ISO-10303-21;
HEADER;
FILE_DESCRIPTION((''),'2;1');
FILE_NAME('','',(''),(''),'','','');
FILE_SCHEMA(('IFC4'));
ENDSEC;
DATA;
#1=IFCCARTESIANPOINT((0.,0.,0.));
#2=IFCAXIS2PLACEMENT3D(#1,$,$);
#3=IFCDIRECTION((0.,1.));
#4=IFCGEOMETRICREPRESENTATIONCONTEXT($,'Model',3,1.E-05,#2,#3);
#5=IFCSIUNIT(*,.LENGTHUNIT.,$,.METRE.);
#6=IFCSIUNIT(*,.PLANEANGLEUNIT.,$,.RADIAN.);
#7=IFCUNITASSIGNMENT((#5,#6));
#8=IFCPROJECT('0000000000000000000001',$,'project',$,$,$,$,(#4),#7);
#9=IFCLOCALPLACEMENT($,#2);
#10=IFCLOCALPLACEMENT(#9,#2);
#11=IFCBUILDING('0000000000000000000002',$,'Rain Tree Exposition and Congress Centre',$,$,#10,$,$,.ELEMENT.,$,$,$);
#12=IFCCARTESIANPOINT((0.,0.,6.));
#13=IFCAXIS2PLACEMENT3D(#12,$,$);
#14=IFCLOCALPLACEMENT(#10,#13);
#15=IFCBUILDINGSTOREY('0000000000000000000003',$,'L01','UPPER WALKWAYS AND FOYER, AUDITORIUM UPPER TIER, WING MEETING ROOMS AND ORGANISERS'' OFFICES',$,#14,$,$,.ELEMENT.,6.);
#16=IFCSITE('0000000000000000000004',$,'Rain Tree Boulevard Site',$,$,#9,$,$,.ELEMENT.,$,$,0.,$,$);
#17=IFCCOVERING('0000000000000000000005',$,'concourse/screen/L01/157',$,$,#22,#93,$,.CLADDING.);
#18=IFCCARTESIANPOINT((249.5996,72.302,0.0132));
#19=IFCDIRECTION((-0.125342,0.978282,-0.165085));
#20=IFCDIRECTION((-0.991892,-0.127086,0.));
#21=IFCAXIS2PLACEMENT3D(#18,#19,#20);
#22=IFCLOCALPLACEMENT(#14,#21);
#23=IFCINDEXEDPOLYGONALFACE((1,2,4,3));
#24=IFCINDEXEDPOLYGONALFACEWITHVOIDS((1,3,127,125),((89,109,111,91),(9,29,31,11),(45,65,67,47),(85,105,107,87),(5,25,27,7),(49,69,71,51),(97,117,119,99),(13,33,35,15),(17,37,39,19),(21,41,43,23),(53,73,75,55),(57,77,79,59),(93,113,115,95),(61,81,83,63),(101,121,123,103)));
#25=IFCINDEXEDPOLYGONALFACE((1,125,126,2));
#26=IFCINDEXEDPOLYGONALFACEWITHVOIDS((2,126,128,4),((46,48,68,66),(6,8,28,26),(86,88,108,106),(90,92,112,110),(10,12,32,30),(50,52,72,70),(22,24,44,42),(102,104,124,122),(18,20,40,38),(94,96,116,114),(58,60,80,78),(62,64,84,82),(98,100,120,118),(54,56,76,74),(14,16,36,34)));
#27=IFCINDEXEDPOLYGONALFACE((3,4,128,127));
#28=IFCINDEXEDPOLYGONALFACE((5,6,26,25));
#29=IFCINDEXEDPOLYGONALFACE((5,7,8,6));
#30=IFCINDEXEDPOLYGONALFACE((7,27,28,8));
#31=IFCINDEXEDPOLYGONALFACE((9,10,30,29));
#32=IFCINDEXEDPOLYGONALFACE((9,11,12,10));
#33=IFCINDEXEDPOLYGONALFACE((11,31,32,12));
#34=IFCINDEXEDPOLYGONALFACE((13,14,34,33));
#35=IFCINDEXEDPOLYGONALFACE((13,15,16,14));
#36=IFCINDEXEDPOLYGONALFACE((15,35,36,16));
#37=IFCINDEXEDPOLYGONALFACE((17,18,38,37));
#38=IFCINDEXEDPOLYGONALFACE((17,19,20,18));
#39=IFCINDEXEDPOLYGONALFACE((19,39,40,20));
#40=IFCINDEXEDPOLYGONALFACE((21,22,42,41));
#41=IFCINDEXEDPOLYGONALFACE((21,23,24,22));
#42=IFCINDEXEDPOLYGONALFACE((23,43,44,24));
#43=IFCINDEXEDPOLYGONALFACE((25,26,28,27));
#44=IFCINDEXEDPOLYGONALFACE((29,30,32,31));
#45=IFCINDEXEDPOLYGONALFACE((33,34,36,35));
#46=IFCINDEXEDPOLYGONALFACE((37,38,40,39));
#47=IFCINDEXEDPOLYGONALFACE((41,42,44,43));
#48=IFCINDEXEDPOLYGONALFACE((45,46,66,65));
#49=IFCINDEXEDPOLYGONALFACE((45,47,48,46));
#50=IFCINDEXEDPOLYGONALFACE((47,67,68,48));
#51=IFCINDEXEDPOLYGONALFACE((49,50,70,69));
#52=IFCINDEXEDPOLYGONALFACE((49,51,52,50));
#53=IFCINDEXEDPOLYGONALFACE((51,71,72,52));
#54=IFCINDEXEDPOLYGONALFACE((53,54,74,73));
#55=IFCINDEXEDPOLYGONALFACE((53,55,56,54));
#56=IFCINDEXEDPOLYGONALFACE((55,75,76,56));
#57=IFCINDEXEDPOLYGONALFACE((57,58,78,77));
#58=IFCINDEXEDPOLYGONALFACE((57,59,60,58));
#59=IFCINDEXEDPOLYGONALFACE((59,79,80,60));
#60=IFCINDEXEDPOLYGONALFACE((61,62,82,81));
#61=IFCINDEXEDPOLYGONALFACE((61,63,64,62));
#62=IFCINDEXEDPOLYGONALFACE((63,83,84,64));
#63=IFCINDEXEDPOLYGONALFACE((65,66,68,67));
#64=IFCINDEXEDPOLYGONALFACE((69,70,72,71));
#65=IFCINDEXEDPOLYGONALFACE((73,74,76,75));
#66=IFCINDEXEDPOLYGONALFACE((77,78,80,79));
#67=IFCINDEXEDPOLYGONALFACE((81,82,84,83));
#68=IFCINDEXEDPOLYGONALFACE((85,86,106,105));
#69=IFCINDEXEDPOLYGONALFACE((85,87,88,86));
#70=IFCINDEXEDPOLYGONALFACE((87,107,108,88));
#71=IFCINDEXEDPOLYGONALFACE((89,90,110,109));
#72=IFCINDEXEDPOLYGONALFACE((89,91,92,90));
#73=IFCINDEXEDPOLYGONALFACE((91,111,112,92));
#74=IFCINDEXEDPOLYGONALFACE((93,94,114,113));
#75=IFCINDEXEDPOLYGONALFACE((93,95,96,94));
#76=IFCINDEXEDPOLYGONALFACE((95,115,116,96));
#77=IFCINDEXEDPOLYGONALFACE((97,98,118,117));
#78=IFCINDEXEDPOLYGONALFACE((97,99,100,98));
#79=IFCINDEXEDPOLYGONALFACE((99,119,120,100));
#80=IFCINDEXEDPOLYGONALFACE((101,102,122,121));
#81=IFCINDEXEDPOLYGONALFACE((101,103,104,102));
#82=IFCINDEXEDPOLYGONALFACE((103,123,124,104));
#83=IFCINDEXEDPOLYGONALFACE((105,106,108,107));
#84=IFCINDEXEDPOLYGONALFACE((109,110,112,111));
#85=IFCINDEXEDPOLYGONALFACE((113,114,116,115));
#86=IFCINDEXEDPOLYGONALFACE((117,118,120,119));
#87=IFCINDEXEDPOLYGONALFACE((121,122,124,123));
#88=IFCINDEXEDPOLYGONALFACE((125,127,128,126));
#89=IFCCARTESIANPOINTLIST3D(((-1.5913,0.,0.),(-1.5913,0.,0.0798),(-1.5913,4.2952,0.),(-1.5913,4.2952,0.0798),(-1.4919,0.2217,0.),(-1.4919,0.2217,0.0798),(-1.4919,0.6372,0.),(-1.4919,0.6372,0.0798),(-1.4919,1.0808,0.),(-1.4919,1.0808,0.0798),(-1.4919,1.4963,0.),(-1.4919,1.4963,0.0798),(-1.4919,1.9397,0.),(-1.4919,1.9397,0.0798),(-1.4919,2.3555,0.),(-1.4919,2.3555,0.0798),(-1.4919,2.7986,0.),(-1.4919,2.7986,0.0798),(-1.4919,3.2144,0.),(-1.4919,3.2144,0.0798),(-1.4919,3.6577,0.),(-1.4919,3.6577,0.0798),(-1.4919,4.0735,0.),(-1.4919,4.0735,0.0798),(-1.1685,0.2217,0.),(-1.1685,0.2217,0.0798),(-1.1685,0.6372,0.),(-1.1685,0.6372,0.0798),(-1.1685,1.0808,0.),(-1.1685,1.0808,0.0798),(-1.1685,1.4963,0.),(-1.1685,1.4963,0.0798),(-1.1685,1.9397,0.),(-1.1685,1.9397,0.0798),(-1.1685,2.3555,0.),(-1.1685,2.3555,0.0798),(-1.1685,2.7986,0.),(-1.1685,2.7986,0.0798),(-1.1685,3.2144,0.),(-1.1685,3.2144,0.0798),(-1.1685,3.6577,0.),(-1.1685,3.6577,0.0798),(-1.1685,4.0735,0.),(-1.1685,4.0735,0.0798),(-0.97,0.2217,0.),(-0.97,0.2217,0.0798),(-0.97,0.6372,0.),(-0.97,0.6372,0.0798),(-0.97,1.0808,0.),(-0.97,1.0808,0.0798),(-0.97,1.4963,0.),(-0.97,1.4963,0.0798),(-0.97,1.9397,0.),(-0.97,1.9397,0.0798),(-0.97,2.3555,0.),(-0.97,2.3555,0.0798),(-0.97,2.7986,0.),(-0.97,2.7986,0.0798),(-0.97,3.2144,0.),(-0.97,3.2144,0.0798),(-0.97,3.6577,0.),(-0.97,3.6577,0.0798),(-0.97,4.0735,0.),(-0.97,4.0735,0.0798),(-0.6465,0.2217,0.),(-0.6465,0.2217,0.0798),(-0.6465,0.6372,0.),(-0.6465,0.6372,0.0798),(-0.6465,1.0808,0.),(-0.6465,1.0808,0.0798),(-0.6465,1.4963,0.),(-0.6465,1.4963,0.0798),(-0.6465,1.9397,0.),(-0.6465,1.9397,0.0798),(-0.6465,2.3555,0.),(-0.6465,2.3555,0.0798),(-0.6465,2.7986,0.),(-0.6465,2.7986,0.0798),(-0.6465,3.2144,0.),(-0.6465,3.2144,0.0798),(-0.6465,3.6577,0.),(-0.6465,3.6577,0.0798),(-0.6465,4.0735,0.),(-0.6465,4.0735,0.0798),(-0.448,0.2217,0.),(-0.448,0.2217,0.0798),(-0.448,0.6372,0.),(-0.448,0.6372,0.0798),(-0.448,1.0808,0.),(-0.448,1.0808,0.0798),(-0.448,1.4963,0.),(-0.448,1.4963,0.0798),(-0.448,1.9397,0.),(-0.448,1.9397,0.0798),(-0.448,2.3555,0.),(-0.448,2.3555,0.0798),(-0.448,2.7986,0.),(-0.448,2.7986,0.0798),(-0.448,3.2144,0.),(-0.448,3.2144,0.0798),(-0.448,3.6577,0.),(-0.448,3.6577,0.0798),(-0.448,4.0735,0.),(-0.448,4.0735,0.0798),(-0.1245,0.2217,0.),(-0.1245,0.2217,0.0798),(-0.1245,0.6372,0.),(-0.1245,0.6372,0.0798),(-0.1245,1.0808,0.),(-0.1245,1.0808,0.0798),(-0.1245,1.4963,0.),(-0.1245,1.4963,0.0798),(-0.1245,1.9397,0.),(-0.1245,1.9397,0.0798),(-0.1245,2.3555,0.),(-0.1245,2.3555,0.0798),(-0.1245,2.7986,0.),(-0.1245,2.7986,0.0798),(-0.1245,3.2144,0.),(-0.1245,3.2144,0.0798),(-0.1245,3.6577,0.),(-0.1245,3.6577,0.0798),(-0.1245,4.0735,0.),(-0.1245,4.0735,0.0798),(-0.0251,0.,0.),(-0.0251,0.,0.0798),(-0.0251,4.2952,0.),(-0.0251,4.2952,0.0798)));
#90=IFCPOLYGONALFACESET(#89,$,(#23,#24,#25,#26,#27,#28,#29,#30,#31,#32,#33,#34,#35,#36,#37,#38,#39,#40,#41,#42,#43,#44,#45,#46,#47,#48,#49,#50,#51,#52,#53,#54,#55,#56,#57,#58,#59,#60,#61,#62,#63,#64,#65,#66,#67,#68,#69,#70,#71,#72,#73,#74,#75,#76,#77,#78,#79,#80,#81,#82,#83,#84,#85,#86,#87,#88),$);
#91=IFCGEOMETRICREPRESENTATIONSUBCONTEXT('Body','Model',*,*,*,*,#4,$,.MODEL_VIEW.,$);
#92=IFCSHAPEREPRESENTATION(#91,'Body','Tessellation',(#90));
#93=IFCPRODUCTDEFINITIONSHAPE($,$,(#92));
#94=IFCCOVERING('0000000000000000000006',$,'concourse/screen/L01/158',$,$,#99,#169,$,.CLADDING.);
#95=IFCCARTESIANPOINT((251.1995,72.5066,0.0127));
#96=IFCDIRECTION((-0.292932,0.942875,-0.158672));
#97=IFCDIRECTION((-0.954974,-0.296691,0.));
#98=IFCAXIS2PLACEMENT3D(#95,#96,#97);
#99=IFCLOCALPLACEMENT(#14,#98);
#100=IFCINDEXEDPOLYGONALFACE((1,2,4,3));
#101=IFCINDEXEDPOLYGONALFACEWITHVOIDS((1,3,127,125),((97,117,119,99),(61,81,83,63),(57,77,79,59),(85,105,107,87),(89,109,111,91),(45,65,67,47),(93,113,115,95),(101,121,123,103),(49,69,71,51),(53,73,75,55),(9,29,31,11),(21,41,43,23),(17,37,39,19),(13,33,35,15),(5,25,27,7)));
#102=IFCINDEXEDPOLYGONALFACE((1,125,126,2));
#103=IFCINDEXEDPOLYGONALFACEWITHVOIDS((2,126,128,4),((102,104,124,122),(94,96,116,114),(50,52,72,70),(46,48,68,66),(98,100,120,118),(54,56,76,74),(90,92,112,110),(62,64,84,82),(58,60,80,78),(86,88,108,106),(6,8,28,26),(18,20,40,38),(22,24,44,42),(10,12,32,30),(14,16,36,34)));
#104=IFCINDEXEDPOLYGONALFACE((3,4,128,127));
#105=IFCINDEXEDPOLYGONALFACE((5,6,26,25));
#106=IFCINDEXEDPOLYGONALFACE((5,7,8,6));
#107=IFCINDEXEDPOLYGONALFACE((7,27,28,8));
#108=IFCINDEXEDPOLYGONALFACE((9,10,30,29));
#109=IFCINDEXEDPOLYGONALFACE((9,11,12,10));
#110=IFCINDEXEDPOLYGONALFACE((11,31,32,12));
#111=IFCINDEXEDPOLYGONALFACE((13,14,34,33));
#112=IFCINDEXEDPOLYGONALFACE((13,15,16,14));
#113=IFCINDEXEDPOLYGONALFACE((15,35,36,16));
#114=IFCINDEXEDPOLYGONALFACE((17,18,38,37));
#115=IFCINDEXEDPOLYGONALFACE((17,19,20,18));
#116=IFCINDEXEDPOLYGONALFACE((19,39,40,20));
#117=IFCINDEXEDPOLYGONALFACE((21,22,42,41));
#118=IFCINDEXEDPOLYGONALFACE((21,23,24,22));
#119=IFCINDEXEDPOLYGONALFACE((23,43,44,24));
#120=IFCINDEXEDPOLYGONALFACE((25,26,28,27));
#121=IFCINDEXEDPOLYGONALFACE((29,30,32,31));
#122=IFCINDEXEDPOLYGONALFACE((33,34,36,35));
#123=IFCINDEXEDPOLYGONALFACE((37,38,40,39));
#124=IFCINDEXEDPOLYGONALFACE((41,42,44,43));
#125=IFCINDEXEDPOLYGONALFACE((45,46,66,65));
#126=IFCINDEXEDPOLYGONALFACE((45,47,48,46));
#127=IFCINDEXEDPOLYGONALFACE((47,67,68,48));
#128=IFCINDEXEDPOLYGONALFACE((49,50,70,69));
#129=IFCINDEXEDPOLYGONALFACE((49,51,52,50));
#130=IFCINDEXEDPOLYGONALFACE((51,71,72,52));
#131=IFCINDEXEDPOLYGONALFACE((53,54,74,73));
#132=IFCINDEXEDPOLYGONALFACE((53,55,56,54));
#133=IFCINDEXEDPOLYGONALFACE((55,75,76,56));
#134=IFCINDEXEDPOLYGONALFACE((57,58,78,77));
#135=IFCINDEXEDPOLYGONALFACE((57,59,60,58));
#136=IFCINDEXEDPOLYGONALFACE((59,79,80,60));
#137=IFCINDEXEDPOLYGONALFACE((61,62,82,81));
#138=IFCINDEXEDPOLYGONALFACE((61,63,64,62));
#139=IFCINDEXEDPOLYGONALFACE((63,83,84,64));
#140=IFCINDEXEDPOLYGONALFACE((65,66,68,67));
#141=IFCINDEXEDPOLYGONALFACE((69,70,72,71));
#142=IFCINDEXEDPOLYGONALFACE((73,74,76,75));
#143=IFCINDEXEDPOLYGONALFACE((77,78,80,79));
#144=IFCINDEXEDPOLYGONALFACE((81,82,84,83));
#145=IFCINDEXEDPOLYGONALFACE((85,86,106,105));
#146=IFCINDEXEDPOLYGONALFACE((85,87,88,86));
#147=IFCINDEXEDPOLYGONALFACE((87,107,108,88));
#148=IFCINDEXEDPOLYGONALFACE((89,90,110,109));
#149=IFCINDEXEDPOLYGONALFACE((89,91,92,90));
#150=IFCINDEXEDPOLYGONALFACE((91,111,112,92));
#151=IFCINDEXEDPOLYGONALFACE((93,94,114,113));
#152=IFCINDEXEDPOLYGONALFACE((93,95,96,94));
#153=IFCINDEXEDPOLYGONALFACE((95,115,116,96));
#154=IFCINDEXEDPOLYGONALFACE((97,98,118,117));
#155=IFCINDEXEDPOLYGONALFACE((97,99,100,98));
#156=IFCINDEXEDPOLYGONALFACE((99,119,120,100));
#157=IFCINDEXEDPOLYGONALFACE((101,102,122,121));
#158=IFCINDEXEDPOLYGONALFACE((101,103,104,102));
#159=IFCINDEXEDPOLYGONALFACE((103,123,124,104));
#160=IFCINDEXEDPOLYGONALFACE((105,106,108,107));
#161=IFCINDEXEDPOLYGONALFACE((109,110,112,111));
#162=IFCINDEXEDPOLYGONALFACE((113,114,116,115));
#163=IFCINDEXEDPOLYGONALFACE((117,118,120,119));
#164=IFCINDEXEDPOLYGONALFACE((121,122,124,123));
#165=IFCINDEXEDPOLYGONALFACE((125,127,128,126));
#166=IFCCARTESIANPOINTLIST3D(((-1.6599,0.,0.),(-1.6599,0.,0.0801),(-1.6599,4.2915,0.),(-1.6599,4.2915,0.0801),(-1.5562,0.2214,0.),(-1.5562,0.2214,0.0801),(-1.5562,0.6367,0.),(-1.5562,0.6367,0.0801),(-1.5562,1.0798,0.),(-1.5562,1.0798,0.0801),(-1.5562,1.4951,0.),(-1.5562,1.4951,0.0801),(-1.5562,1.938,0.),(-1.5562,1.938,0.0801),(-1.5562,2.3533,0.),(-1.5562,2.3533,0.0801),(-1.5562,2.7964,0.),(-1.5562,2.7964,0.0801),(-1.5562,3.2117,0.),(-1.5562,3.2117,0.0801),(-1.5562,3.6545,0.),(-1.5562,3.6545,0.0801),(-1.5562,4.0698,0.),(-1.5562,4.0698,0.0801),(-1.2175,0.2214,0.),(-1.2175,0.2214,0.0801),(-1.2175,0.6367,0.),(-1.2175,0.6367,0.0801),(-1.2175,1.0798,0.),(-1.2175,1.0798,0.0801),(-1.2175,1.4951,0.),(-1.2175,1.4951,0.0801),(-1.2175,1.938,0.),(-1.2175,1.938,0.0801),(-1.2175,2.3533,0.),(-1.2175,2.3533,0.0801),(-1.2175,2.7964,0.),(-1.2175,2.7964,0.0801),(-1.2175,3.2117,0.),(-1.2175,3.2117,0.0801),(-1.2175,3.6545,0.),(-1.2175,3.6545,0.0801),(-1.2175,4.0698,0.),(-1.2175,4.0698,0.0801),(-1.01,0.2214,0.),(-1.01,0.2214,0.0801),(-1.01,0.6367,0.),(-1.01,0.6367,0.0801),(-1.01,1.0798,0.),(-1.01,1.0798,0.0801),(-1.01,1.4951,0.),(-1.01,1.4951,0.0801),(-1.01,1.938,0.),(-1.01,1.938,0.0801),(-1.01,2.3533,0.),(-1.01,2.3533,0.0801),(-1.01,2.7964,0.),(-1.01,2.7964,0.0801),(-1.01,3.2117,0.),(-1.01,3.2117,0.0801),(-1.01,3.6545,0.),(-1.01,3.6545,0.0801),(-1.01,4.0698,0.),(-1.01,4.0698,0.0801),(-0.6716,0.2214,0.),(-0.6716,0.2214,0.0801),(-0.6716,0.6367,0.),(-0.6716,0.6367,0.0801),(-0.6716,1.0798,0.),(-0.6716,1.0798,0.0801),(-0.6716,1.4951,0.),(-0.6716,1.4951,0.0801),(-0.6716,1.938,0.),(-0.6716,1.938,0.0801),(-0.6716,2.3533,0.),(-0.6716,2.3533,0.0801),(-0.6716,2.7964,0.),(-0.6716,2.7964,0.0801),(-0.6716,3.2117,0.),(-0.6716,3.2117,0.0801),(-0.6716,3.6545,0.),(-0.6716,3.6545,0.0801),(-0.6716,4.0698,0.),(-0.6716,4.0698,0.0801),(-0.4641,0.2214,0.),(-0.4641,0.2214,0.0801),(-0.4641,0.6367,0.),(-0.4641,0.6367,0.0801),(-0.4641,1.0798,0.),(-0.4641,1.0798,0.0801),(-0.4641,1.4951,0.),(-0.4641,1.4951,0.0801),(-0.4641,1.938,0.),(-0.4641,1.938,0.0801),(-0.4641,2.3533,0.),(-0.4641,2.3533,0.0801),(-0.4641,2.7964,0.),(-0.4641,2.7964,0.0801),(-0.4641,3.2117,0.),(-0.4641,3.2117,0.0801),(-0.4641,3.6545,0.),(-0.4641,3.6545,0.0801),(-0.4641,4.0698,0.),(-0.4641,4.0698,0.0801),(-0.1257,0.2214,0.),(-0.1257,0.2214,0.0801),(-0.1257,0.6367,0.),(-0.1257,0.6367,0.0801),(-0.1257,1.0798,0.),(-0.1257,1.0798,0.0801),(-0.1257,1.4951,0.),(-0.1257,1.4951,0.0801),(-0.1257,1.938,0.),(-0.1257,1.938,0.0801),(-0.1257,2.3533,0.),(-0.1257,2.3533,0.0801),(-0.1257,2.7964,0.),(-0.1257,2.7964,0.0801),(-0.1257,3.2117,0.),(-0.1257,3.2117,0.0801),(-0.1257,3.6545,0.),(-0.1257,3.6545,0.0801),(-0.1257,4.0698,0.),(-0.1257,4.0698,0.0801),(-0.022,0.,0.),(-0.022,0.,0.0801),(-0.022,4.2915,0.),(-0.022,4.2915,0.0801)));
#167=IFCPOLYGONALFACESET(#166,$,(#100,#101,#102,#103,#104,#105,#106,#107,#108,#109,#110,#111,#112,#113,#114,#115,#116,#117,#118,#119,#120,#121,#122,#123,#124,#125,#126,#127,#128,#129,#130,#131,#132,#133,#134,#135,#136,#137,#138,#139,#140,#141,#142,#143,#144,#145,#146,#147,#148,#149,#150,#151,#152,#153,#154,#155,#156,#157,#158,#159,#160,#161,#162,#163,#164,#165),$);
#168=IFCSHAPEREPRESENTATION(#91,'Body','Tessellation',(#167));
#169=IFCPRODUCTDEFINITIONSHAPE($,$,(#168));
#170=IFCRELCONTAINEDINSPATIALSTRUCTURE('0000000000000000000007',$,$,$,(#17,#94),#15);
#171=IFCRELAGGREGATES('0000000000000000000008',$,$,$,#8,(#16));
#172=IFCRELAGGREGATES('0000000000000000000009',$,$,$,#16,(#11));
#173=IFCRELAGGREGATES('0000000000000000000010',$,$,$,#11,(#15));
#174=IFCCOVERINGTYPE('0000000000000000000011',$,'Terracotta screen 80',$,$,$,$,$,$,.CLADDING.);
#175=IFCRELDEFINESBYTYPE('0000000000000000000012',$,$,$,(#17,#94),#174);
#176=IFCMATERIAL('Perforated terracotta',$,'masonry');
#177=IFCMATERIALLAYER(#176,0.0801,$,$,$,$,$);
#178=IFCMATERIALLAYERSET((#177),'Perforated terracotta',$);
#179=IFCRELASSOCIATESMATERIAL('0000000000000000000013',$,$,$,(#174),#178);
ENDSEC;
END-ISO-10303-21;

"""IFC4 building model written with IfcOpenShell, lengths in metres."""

from ifc_helpers import new_model, si_unit, direction, frame, origin, place, context, subcontext, project, spatial, polyline, outline, extrude, material, layer, layer_set, type_object, element, save


model = new_model("IFC4")

# Units and contexts
model_context = context("Model", 3, precision=1e-05, world=origin(), true_north=direction((0.0, 1.0)))
body_context = subcontext(model_context, "Body", "Model", "MODEL_VIEW")
ifc_project = project(units=[si_unit("LENGTHUNIT", "METRE"), si_unit("PLANEANGLEUNIT", "RADIAN")], contexts=[model_context])

# Site, building, storey
site_placement = place(None, origin())
site = spatial("IfcSite", under=ifc_project, at=site_placement, Name="Rain Tree Boulevard Site", CompositionType="ELEMENT", RefElevation=0.0)
building_placement = place(site_placement, origin())
building = spatial("IfcBuilding", under=site, at=building_placement, Name="Rain Tree Exposition and Congress Centre", CompositionType="ELEMENT")
storey_placement = place(building_placement, frame((0.0, 0.0, 6.0)))
storey = spatial("IfcBuildingStorey", under=building, at=storey_placement, Name="L01", Description="UPPER WALKWAYS AND FOYER, AUDITORIUM UPPER TIER, WING MEETING ROOMS AND ORGANISERS' OFFICES", CompositionType="ELEMENT", Elevation=6.0)

# Coverings
ifc_material_1 = material(Name="Perforated terracotta", Category="masonry")
ifc_layer_1 = layer(ifc_material_1, 0.0801)
ifc_layer_set_1 = layer_set([ifc_layer_1], Name="Perforated terracotta")
covering_type = type_object("IfcCoveringType", Name="Terracotta screen 80", PredefinedType="CLADDING", material=ifc_layer_set_1)
covering_1_placement = place(storey_placement, frame((249.5996, 72.302, 0.0132), z_axis=(-0.125342, 0.978282, -0.165085), x_axis=(-0.991892, -0.127086, 0.0)))
element("IfcCovering", 1, at=covering_1_placement, inside=storey, type_object=covering_type, Name="concourse/screen/L01/157", PredefinedType="CLADDING", context=body_context, shape_type="SweptSolid", body=[
    extrude(outline(polyline([(-1.5913, 0.0), (-1.5913, 4.2952), (-0.0251, 4.2952), (-0.0251, 0.0), (-1.5913, 0.0)]), holes=[polyline([(-0.1245, 0.2217), (-0.1245, 0.6372), (-0.448, 0.6372), (-0.448, 0.2217), (-0.1245, 0.2217)]), polyline([(-0.1245, 1.0808), (-0.1245, 1.4963), (-0.448, 1.4963), (-0.448, 1.0808), (-0.1245, 1.0808)]), polyline([(-0.1245, 1.9397), (-0.1245, 2.3555), (-0.448, 2.3555), (-0.448, 1.9397), (-0.1245, 1.9397)]), polyline([(-0.1245, 2.7986), (-0.1245, 3.2144), (-0.448, 3.2144), (-0.448, 2.7986), (-0.1245, 2.7986)]), polyline([(-0.1245, 3.6577), (-0.1245, 4.0735), (-0.448, 4.0735), (-0.448, 3.6577), (-0.1245, 3.6577)]), polyline([(-0.6465, 0.2217), (-0.6465, 0.6372), (-0.97, 0.6372), (-0.97, 0.2217), (-0.6465, 0.2217)]), polyline([(-0.6465, 1.0808), (-0.6465, 1.4963), (-0.97, 1.4963), (-0.97, 1.0808), (-0.6465, 1.0808)]), polyline([(-0.6465, 1.9397), (-0.6465, 2.3555), (-0.97, 2.3555), (-0.97, 1.9397), (-0.6465, 1.9397)]), polyline([(-0.6465, 2.7986), (-0.6465, 3.2144), (-0.97, 3.2144), (-0.97, 2.7986), (-0.6465, 2.7986)]), polyline([(-0.6465, 3.6577), (-0.6465, 4.0735), (-0.97, 4.0735), (-0.97, 3.6577), (-0.6465, 3.6577)]), polyline([(-1.1685, 0.2217), (-1.1685, 0.6372), (-1.4919, 0.6372), (-1.4919, 0.2217), (-1.1685, 0.2217)]), polyline([(-1.1685, 1.0808), (-1.1685, 1.4963), (-1.4919, 1.4963), (-1.4919, 1.0808), (-1.1685, 1.0808)]), polyline([(-1.1685, 1.9397), (-1.1685, 2.3555), (-1.4919, 2.3555), (-1.4919, 1.9397), (-1.1685, 1.9397)]), polyline([(-1.1685, 2.7986), (-1.1685, 3.2144), (-1.4919, 3.2144), (-1.4919, 2.7986), (-1.1685, 2.7986)]), polyline([(-1.1685, 3.6577), (-1.1685, 4.0735), (-1.4919, 4.0735), (-1.4919, 3.6577), (-1.1685, 3.6577)])]), origin(), (0.0, 0.0, 1.0), 0.0798),
])
covering_2_placement = place(storey_placement, frame((251.1995, 72.5066, 0.0127), z_axis=(-0.292932, 0.942875, -0.158672), x_axis=(-0.954974, -0.296691, 0.0)))
element("IfcCovering", 2, at=covering_2_placement, inside=storey, type_object=covering_type, Name="concourse/screen/L01/158", PredefinedType="CLADDING", context=body_context, shape_type="SweptSolid", body=[
    extrude(outline(polyline([(-1.6599, 0.0), (-1.6599, 4.2915), (-0.022, 4.2915), (-0.022, 0.0), (-1.6599, 0.0)]), holes=[polyline([(-0.1257, 0.2214), (-0.1257, 0.6367), (-0.4641, 0.6367), (-0.4641, 0.2214), (-0.1257, 0.2214)]), polyline([(-0.1257, 1.0798), (-0.1257, 1.4951), (-0.4641, 1.4951), (-0.4641, 1.0798), (-0.1257, 1.0798)]), polyline([(-0.1257, 1.938), (-0.1257, 2.3533), (-0.4641, 2.3533), (-0.4641, 1.938), (-0.1257, 1.938)]), polyline([(-0.1257, 2.7964), (-0.1257, 3.2117), (-0.4641, 3.2117), (-0.4641, 2.7964), (-0.1257, 2.7964)]), polyline([(-0.1257, 3.6545), (-0.1257, 4.0698), (-0.4641, 4.0698), (-0.4641, 3.6545), (-0.1257, 3.6545)]), polyline([(-0.6716, 0.2214), (-0.6716, 0.6367), (-1.01, 0.6367), (-1.01, 0.2214), (-0.6716, 0.2214)]), polyline([(-0.6716, 1.0798), (-0.6716, 1.4951), (-1.01, 1.4951), (-1.01, 1.0798), (-0.6716, 1.0798)]), polyline([(-0.6716, 1.938), (-0.6716, 2.3533), (-1.01, 2.3533), (-1.01, 1.938), (-0.6716, 1.938)]), polyline([(-0.6716, 2.7964), (-0.6716, 3.2117), (-1.01, 3.2117), (-1.01, 2.7964), (-0.6716, 2.7964)]), polyline([(-0.6716, 3.6545), (-0.6716, 4.0698), (-1.01, 4.0698), (-1.01, 3.6545), (-0.6716, 3.6545)]), polyline([(-1.2175, 0.2214), (-1.2175, 0.6367), (-1.5562, 0.6367), (-1.5562, 0.2214), (-1.2175, 0.2214)]), polyline([(-1.2175, 1.0798), (-1.2175, 1.4951), (-1.5562, 1.4951), (-1.5562, 1.0798), (-1.2175, 1.0798)]), polyline([(-1.2175, 1.938), (-1.2175, 2.3533), (-1.5562, 2.3533), (-1.5562, 1.938), (-1.2175, 1.938)]), polyline([(-1.2175, 2.7964), (-1.2175, 3.2117), (-1.5562, 3.2117), (-1.5562, 2.7964), (-1.2175, 2.7964)]), polyline([(-1.2175, 3.6545), (-1.2175, 4.0698), (-1.5562, 4.0698), (-1.5562, 3.6545), (-1.2175, 3.6545)])]), origin(), (0.0, 0.0, 1.0), 0.0801),
])

save(model, "model.ifc")
